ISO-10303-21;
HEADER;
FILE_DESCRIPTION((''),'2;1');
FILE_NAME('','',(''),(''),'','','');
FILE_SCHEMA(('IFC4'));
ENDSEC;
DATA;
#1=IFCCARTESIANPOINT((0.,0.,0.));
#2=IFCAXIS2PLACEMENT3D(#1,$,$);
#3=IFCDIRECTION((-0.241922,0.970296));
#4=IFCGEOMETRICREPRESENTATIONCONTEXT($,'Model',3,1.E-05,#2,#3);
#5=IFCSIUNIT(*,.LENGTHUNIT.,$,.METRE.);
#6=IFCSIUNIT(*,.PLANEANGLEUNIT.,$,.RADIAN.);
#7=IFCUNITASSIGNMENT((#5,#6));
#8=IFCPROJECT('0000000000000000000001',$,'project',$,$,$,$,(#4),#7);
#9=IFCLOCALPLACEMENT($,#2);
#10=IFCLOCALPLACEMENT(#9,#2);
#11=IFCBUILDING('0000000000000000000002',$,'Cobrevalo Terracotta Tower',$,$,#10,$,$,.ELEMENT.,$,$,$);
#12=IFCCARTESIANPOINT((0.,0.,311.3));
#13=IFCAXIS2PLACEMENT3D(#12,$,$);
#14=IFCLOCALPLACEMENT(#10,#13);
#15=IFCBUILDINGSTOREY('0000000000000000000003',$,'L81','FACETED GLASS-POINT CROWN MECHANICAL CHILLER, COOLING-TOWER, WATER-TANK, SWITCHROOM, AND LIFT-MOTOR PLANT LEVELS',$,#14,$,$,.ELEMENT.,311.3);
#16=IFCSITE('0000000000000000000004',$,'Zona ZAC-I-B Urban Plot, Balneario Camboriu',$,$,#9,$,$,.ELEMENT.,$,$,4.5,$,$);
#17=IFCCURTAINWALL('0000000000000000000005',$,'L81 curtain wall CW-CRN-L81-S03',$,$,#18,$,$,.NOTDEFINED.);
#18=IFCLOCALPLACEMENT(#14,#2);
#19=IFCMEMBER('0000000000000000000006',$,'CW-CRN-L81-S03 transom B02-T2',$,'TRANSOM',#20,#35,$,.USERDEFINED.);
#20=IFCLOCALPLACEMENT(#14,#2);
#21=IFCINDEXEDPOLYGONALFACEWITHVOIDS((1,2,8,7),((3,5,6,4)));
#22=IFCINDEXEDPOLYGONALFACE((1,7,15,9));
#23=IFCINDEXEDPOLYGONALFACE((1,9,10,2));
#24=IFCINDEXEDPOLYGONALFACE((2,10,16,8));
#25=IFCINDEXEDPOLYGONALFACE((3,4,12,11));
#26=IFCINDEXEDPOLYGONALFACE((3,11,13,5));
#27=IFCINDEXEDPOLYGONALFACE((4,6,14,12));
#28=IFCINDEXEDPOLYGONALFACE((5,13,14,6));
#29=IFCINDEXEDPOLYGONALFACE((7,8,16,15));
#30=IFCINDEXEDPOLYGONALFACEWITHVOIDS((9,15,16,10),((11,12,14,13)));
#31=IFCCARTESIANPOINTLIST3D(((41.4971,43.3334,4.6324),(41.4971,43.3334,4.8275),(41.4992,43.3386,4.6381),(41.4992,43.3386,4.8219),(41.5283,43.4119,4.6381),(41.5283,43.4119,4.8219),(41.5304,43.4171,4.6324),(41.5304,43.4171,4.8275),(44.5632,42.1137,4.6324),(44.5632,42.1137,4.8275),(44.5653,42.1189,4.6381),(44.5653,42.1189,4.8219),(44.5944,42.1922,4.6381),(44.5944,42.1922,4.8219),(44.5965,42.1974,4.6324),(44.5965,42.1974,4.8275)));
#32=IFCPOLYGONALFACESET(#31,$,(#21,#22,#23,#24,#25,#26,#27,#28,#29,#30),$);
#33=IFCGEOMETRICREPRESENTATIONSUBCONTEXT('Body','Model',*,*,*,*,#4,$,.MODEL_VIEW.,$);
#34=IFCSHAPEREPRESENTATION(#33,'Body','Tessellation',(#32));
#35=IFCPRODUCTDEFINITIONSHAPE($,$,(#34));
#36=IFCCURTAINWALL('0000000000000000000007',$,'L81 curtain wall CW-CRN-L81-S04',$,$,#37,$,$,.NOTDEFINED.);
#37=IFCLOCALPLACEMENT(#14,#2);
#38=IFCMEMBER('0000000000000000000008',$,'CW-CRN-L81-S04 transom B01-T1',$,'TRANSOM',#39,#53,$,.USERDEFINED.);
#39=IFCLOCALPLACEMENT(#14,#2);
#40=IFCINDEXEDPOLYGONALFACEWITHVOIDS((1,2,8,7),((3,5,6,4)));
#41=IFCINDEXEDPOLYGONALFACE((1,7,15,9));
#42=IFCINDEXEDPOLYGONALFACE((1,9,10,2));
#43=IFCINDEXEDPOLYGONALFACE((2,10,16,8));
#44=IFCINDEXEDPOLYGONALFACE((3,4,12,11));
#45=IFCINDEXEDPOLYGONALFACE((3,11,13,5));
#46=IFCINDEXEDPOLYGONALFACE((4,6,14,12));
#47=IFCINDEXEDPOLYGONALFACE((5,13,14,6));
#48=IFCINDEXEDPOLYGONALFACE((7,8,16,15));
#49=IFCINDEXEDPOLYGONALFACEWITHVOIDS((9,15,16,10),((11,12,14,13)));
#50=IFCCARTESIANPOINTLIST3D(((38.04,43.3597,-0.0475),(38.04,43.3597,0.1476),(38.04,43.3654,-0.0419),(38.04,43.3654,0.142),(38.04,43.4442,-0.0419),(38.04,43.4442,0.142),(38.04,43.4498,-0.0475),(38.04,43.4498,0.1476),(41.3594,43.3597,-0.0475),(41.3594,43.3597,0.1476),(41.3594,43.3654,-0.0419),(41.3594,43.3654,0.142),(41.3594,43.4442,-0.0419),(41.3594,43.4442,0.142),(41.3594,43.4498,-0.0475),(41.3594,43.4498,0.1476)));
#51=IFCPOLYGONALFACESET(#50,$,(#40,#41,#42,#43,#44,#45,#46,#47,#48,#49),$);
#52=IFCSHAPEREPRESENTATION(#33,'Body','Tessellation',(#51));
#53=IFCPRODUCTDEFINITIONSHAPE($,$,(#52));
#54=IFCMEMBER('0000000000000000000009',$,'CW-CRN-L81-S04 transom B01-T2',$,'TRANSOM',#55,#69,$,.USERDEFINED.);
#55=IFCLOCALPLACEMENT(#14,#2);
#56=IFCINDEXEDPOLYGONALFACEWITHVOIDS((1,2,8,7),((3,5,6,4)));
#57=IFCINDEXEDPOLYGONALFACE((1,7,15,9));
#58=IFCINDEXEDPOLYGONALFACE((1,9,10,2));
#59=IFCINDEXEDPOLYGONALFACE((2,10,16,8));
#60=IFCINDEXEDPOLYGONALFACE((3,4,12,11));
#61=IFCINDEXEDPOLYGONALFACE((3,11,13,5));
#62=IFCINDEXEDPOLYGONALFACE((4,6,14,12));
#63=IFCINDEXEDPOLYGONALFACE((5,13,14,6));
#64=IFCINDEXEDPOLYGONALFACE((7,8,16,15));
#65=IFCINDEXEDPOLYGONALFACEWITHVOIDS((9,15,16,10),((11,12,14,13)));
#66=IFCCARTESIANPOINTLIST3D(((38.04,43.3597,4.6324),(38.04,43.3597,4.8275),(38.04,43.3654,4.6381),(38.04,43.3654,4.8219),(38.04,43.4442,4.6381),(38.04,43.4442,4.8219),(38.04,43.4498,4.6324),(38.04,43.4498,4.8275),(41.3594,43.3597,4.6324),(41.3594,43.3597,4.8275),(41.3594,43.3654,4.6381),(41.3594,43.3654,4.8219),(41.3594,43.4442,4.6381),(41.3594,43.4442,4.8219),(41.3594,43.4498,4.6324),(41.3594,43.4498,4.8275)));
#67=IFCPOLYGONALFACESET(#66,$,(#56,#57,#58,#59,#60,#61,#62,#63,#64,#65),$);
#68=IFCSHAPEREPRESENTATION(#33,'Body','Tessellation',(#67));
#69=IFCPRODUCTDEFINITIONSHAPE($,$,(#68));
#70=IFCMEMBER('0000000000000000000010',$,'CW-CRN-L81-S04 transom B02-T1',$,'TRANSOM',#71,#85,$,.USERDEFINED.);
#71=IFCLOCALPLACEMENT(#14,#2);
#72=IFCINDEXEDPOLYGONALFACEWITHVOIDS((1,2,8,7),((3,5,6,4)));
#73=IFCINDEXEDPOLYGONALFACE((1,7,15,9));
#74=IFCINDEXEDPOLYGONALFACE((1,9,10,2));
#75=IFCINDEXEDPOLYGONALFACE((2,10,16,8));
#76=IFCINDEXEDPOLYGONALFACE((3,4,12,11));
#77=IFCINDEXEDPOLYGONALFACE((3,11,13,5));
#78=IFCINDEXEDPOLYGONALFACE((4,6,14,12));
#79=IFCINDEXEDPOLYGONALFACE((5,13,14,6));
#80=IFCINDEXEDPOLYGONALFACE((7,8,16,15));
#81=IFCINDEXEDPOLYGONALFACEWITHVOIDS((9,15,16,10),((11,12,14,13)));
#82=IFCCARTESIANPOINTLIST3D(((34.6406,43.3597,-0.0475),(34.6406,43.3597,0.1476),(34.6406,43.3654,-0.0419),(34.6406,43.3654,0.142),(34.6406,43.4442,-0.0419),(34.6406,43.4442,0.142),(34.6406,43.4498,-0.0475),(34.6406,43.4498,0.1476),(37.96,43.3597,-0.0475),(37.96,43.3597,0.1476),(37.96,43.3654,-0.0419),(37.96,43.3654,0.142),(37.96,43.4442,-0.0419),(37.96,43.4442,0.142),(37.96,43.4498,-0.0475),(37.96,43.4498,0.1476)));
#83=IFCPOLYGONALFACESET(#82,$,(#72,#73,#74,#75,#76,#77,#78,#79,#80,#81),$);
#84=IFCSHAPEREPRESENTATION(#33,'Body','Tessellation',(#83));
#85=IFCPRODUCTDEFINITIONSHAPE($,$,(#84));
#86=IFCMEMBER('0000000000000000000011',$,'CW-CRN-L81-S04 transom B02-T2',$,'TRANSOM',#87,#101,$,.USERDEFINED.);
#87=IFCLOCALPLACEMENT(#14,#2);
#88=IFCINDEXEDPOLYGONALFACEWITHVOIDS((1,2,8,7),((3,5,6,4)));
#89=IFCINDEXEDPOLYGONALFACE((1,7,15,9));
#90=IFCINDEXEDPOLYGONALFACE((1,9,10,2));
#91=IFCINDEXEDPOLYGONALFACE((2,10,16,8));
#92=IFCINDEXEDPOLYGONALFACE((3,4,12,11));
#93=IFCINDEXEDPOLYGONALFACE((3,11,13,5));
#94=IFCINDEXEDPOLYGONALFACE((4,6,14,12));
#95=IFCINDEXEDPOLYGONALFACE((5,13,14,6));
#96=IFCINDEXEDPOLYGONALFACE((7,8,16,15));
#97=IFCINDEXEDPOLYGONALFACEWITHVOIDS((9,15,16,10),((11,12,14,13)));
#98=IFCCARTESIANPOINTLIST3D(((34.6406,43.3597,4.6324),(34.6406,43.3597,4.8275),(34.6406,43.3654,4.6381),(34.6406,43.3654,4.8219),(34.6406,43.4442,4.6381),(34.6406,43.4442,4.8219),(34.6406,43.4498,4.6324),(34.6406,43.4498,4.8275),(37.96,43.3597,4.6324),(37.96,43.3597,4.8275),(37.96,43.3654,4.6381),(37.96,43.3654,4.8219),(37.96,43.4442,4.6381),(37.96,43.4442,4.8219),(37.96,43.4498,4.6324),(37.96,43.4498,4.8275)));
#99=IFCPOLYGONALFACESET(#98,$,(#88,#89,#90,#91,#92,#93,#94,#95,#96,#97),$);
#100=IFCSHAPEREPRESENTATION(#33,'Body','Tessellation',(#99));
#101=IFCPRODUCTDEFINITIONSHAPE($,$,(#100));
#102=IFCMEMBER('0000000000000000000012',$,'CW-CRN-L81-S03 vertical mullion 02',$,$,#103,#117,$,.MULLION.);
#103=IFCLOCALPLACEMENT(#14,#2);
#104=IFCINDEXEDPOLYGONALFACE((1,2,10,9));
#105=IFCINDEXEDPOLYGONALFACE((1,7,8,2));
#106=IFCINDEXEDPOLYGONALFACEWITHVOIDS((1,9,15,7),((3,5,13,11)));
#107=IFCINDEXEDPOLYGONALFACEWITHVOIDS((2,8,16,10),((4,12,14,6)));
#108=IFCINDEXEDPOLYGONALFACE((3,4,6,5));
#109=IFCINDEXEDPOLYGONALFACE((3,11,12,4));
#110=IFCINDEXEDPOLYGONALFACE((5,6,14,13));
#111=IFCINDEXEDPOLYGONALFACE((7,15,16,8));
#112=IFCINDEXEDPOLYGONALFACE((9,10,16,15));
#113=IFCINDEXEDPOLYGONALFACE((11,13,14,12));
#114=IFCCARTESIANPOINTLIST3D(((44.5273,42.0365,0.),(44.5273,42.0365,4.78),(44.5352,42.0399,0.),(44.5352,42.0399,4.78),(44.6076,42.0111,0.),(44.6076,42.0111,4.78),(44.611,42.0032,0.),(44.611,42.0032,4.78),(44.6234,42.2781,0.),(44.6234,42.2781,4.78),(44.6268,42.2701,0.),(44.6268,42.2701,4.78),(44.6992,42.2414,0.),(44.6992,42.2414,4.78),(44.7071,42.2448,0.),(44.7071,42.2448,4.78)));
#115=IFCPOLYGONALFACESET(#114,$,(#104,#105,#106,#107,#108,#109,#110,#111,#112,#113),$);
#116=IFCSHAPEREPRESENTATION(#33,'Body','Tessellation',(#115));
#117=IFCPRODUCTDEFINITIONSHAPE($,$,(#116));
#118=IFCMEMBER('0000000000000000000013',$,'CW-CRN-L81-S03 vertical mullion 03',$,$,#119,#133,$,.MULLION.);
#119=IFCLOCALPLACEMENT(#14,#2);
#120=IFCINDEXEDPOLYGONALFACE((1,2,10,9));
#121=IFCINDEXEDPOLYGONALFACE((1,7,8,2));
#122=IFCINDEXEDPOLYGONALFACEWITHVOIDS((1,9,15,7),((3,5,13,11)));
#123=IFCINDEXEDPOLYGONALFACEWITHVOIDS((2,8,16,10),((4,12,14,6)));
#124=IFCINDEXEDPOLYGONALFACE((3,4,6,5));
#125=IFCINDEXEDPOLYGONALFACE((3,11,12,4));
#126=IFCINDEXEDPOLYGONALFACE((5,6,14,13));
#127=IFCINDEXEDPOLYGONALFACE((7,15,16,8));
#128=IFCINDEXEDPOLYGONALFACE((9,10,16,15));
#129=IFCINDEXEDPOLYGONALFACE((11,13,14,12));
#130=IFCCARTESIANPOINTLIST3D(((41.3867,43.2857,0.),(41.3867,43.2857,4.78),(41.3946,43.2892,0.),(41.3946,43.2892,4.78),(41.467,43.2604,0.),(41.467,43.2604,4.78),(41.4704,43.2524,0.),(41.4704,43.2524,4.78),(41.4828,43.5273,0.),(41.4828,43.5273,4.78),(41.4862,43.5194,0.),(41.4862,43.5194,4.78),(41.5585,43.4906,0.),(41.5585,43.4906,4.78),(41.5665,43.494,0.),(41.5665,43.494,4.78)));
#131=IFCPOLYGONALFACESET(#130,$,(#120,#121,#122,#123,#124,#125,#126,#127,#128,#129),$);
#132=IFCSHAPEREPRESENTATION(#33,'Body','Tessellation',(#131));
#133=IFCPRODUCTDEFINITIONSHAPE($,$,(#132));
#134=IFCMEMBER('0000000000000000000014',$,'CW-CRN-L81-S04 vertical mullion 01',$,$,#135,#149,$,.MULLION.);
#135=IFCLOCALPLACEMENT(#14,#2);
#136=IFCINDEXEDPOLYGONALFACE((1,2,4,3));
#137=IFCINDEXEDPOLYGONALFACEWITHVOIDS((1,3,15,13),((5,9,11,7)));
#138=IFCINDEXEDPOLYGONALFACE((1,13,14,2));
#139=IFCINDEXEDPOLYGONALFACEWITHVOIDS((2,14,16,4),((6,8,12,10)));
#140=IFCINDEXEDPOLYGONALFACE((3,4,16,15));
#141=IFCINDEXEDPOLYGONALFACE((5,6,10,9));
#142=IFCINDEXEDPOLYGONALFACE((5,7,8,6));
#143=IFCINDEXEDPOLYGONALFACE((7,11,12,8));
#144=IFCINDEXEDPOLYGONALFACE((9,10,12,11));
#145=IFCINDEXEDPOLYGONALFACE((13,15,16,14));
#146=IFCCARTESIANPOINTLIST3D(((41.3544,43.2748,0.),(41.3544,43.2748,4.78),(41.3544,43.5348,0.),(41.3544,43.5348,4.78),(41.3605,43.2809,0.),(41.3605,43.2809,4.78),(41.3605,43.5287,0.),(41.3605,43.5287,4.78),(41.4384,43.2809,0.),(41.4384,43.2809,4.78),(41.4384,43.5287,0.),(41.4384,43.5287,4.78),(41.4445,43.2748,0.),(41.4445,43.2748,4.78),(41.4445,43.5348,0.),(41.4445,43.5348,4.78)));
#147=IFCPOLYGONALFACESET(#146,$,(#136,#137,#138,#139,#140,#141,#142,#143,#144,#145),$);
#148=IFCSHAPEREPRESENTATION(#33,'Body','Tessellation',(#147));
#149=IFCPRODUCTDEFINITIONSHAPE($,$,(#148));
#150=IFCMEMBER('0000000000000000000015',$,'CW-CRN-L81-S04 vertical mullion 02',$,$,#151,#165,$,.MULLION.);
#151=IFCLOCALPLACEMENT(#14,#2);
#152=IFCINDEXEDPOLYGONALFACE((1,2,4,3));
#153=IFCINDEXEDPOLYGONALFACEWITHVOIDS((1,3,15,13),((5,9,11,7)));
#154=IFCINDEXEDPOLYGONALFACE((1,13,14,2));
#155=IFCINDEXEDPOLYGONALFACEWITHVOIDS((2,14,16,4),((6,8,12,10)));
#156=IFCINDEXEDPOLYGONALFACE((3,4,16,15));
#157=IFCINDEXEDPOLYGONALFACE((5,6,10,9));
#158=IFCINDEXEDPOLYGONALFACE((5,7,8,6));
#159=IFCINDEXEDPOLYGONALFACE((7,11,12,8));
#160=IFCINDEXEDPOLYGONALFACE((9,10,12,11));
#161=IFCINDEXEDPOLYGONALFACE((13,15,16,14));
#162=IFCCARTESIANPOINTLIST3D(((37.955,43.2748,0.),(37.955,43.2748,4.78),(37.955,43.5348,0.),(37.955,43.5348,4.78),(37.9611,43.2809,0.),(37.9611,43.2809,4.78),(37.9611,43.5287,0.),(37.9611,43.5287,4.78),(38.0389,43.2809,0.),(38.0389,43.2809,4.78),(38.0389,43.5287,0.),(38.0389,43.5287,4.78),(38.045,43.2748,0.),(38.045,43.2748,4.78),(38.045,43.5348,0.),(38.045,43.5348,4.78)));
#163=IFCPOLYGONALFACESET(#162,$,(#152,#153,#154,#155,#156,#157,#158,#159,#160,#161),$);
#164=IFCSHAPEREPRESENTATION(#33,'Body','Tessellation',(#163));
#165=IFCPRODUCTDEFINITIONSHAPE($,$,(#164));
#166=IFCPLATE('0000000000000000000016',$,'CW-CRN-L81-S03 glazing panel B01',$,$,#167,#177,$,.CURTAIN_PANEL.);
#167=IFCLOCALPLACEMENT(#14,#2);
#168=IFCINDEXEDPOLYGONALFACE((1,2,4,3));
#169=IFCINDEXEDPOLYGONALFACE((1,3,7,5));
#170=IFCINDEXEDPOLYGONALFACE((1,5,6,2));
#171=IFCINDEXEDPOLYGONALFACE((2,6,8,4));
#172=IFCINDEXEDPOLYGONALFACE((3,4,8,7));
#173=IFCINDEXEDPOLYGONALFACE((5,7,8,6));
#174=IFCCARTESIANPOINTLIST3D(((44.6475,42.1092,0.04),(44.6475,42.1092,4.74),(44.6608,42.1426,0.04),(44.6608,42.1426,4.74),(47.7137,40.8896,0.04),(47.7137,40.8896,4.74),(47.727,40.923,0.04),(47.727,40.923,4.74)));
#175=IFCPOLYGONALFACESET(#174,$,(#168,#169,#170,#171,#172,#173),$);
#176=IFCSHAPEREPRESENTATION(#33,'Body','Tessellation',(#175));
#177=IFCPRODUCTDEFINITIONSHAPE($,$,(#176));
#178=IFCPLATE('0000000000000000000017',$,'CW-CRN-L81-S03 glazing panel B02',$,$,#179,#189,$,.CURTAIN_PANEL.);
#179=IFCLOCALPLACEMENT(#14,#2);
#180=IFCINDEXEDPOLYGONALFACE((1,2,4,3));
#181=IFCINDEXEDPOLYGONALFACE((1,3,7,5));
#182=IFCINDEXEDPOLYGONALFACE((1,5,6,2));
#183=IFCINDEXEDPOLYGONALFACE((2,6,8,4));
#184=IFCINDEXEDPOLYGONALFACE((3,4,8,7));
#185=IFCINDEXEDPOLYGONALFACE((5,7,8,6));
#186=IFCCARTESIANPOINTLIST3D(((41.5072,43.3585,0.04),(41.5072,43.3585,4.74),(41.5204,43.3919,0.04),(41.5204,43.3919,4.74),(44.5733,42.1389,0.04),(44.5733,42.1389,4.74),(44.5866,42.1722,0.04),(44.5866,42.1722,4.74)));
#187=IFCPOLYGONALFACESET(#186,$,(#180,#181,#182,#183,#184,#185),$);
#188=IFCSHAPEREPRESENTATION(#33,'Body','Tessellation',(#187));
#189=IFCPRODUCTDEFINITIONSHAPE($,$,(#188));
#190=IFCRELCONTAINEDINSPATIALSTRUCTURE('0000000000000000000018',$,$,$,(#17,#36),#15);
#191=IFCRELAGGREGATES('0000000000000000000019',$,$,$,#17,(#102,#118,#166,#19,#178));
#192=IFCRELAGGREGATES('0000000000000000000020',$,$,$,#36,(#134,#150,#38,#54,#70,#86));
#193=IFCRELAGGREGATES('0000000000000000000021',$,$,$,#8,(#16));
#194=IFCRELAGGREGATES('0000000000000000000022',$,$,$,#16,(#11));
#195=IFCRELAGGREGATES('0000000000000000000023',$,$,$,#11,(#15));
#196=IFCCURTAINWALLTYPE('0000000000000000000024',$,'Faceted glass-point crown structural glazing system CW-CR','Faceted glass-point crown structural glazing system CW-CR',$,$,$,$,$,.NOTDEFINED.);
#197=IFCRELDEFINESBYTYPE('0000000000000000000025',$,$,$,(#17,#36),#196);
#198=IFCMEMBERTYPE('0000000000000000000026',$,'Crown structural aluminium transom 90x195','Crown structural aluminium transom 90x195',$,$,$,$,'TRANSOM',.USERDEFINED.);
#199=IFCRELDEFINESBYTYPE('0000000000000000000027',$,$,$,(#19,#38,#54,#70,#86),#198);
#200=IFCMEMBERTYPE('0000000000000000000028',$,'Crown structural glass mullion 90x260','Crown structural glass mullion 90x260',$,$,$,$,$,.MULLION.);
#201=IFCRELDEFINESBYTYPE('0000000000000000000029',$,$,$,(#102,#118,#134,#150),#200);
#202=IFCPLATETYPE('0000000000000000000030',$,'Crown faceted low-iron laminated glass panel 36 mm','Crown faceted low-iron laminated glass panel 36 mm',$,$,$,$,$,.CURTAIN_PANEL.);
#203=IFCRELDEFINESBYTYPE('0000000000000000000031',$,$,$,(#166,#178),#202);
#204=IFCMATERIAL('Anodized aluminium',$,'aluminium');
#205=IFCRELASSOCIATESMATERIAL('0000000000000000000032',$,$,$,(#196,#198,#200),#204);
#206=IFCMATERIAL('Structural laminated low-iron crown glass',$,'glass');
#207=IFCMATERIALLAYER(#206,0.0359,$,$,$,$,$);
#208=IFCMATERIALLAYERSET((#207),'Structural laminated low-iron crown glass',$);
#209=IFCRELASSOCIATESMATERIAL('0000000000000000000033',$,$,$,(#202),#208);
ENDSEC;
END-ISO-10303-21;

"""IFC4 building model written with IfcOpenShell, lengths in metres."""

from ifc_helpers import new_model, si_unit, direction, frame, origin, origin_2d, place, context, subcontext, project, spatial, rectangle, hollow_rectangle, extrude, source, transform, mapped, material, layer, layer_set, material_profile, profile_set, type_object, element, aggregate, save


model = new_model("IFC4")

# Units and contexts
model_context = context("Model", 3, precision=1e-05, world=origin(), true_north=direction((-0.241922, 0.970296)))
body_context = subcontext(model_context, "Body", "Model", "MODEL_VIEW")
ifc_project = project(units=[si_unit("LENGTHUNIT", "METRE"), si_unit("PLANEANGLEUNIT", "RADIAN")], contexts=[model_context])

# Site, building, storey
site_placement = place(None, origin())
site = spatial("IfcSite", under=ifc_project, at=site_placement, Name="Zona ZAC-I-B Urban Plot, Balneario Camboriu", CompositionType="ELEMENT", RefElevation=4.5)
building_placement = place(site_placement, origin())
building = spatial("IfcBuilding", under=site, at=building_placement, Name="Cobrevalo Terracotta Tower", CompositionType="ELEMENT")
storey_placement = place(building_placement, frame((0.0, 0.0, 311.3)))
storey = spatial("IfcBuildingStorey", under=building, at=storey_placement, Name="L81", Description="FACETED GLASS-POINT CROWN MECHANICAL CHILLER, COOLING-TOWER, WATER-TANK, SWITCHROOM, AND LIFT-MOTOR PLANT LEVELS", CompositionType="ELEMENT", Elevation=311.3)

# Curtain walls, members
ifc_material_1 = material(Name="Anodized aluminium", Category="aluminium")
curtain_wall_type = type_object("IfcCurtainWallType", Name="Faceted glass-point crown structural glazing system CW-CR", Description="Faceted glass-point crown structural glazing system CW-CR", PredefinedType="NOTDEFINED", material=ifc_material_1)
curtain_wall_1_placement = place(storey_placement, origin())
curtain_wall_1 = element("IfcCurtainWall", 1, at=curtain_wall_1_placement, inside=storey, type_object=curtain_wall_type, Name="L81 curtain wall CW-CRN-L81-S03", PredefinedType="NOTDEFINED")
ifc_material_profile_1 = material_profile(ifc_material_1, hollow_rectangle(XDim=0.0901, YDim=0.1951, WallThickness=0.0056, at=origin_2d()), Name="CWT 90x195")
ifc_profile_set_1 = profile_set([ifc_material_profile_1], Name="Anodized aluminium")
member_type_1 = type_object("IfcMemberType", Name="Crown structural aluminium transom 90x195", Description="Crown structural aluminium transom 90x195", ElementType="TRANSOM", PredefinedType="USERDEFINED", material=ifc_profile_set_1)
shared_shape_1 = source(origin(), body_context, "Body", "SweptSolid", [
    extrude(hollow_rectangle(XDim=0.0901, YDim=0.1951, WallThickness=0.0056, at=origin_2d()), origin(), (0.0, 0.0, 1.0), 3.2998),
])
member_1_placement = place(storey_placement, frame((44.5798, 42.1555, 4.73), z_axis=(-0.929179, 0.36963, 0.0), x_axis=(-0.36963, -0.929179, 0.0)))
member_1 = element("IfcMember", 2, at=member_1_placement, type_object=member_type_1, Name="CW-CRN-L81-S03 transom B02-T2", ObjectType="TRANSOM", PredefinedType="USERDEFINED", context=body_context, shape_type="MappedRepresentation", body=[
    mapped(shared_shape_1, transform((0.0, 0.0, 0.0), scale=1.0)),
])
curtain_wall_2_placement = place(storey_placement, origin())
curtain_wall_2 = element("IfcCurtainWall", 3, at=curtain_wall_2_placement, inside=storey, type_object=curtain_wall_type, Name="L81 curtain wall CW-CRN-L81-S04", PredefinedType="NOTDEFINED")
shared_shape_2 = source(origin(), body_context, "Body", "SweptSolid", [
    extrude(hollow_rectangle(XDim=0.0901, YDim=0.1951, WallThickness=0.0056, at=origin_2d()), origin(), (0.0, 0.0, 1.0), 3.3193),
])
member_2_placement = place(storey_placement, frame((41.3594, 43.4048, 0.05), z_axis=(-1.0, 0.0, 0.0), x_axis=(0.0, -1.0, 0.0)))
member_2 = element("IfcMember", 4, at=member_2_placement, type_object=member_type_1, Name="CW-CRN-L81-S04 transom B01-T1", ObjectType="TRANSOM", PredefinedType="USERDEFINED", context=body_context, shape_type="MappedRepresentation", body=[
    mapped(shared_shape_2, transform((0.0, 0.0, 0.0), scale=1.0)),
])
member_3_placement = place(storey_placement, frame((41.3594, 43.4048, 4.73), z_axis=(-1.0, 0.0, 0.0), x_axis=(0.0, -1.0, 0.0)))
member_3 = element("IfcMember", 5, at=member_3_placement, type_object=member_type_1, Name="CW-CRN-L81-S04 transom B01-T2", ObjectType="TRANSOM", PredefinedType="USERDEFINED", context=body_context, shape_type="MappedRepresentation", body=[
    mapped(shared_shape_2, transform((0.0, 0.0, 0.0), scale=1.0)),
])
member_4_placement = place(storey_placement, frame((37.96, 43.4048, 0.05), z_axis=(-1.0, 0.0, 0.0), x_axis=(0.0, -1.0, 0.0)))
member_4 = element("IfcMember", 6, at=member_4_placement, type_object=member_type_1, Name="CW-CRN-L81-S04 transom B02-T1", ObjectType="TRANSOM", PredefinedType="USERDEFINED", context=body_context, shape_type="MappedRepresentation", body=[
    mapped(shared_shape_2, transform((0.0, 0.0, 0.0), scale=1.0)),
])
member_5_placement = place(storey_placement, frame((37.96, 43.4048, 4.73), z_axis=(-1.0, 0.0, 0.0), x_axis=(0.0, -1.0, 0.0)))
member_5 = element("IfcMember", 7, at=member_5_placement, type_object=member_type_1, Name="CW-CRN-L81-S04 transom B02-T2", ObjectType="TRANSOM", PredefinedType="USERDEFINED", context=body_context, shape_type="MappedRepresentation", body=[
    mapped(shared_shape_2, transform((0.0, 0.0, 0.0), scale=1.0)),
])

# Members
ifc_material_profile_2 = material_profile(ifc_material_1, hollow_rectangle(XDim=0.0901, YDim=0.26, WallThickness=0.0061, at=origin_2d()), Name="CWM 90x260")
ifc_profile_set_2 = profile_set([ifc_material_profile_2], Name="Anodized aluminium")
member_type_2 = type_object("IfcMemberType", Name="Crown structural glass mullion 90x260", Description="Crown structural glass mullion 90x260", PredefinedType="MULLION", material=ifc_profile_set_2)
shared_shape_3 = source(origin(), body_context, "Body", "SweptSolid", [
    extrude(hollow_rectangle(XDim=0.0901, YDim=0.26, WallThickness=0.0061, at=origin_2d()), origin(), (0.0, 0.0, 1.0), 4.78),
])
member_6_placement = place(storey_placement, frame((44.6172, 42.1406, 0.0), z_axis=(0.0, 0.0, 1.0), x_axis=(-0.929191, 0.369601, 0.0)))
member_6 = element("IfcMember", 8, at=member_6_placement, type_object=member_type_2, Name="CW-CRN-L81-S03 vertical mullion 02", PredefinedType="MULLION", context=body_context, shape_type="MappedRepresentation", body=[
    mapped(shared_shape_3, transform((0.0, 0.0, 0.0), scale=1.0)),
])
member_7_placement = place(storey_placement, frame((41.4766, 43.3899, 0.0), z_axis=(0.0, 0.0, 1.0), x_axis=(-0.929191, 0.369601, 0.0)))
member_7 = element("IfcMember", 9, at=member_7_placement, type_object=member_type_2, Name="CW-CRN-L81-S03 vertical mullion 03", PredefinedType="MULLION", context=body_context, shape_type="MappedRepresentation", body=[
    mapped(shared_shape_3, transform((0.0, 0.0, 0.0), scale=1.0)),
])
member_8_placement = place(storey_placement, frame((41.3994, 43.4048, 0.0), z_axis=(0.0, 0.0, 1.0), x_axis=(-1.0, 0.0, 0.0)))
member_8 = element("IfcMember", 10, at=member_8_placement, type_object=member_type_2, Name="CW-CRN-L81-S04 vertical mullion 01", PredefinedType="MULLION", context=body_context, shape_type="MappedRepresentation", body=[
    mapped(shared_shape_3, transform((0.0, 0.0, 0.0), scale=1.0)),
])
member_9_placement = place(storey_placement, frame((38.0, 43.4048, 0.0), z_axis=(0.0, 0.0, 1.0), x_axis=(-1.0, 0.0, 0.0)))
member_9 = element("IfcMember", 11, at=member_9_placement, type_object=member_type_2, Name="CW-CRN-L81-S04 vertical mullion 02", PredefinedType="MULLION", context=body_context, shape_type="MappedRepresentation", body=[
    mapped(shared_shape_3, transform((0.0, 0.0, 0.0), scale=1.0)),
])

# Plates
ifc_material_2 = material(Name="Structural laminated low-iron crown glass", Category="glass")
ifc_layer_1 = layer(ifc_material_2, 0.0359)
ifc_layer_set_1 = layer_set([ifc_layer_1], Name="Structural laminated low-iron crown glass")
plate_type = type_object("IfcPlateType", Name="Crown faceted low-iron laminated glass panel 36 mm", Description="Crown faceted low-iron laminated glass panel 36 mm", PredefinedType="CURTAIN_PANEL", material=ifc_layer_set_1)
shared_shape_4 = source(origin(), body_context, "Body", "SweptSolid", [
    extrude(rectangle(XDim=3.2998, YDim=0.0359, at=origin_2d()), origin(), (0.0, 0.0, 1.0), 4.7),
])
plate_1_placement = place(storey_placement, frame((46.1873, 41.5161, 0.04), z_axis=(0.0, 0.0, 1.0), x_axis=(-0.929191, 0.369601, 0.0)))
plate_1 = element("IfcPlate", 12, at=plate_1_placement, type_object=plate_type, Name="CW-CRN-L81-S03 glazing panel B01", PredefinedType="CURTAIN_PANEL", context=body_context, shape_type="MappedRepresentation", body=[
    mapped(shared_shape_4, transform((0.0, 0.0, 0.0), scale=1.0)),
])
plate_2_placement = place(storey_placement, frame((43.0469, 42.7654, 0.04), z_axis=(0.0, 0.0, 1.0), x_axis=(-0.929191, 0.369601, 0.0)))
plate_2 = element("IfcPlate", 13, at=plate_2_placement, type_object=plate_type, Name="CW-CRN-L81-S03 glazing panel B02", PredefinedType="CURTAIN_PANEL", context=body_context, shape_type="MappedRepresentation", body=[
    mapped(shared_shape_4, transform((0.0, 0.0, 0.0), scale=1.0)),
])
aggregate(curtain_wall_1, [member_6, member_7, plate_1, member_1, plate_2])
aggregate(curtain_wall_2, [member_8, member_9, member_2, member_3, member_4, member_5])

save(model, "model.ifc")
